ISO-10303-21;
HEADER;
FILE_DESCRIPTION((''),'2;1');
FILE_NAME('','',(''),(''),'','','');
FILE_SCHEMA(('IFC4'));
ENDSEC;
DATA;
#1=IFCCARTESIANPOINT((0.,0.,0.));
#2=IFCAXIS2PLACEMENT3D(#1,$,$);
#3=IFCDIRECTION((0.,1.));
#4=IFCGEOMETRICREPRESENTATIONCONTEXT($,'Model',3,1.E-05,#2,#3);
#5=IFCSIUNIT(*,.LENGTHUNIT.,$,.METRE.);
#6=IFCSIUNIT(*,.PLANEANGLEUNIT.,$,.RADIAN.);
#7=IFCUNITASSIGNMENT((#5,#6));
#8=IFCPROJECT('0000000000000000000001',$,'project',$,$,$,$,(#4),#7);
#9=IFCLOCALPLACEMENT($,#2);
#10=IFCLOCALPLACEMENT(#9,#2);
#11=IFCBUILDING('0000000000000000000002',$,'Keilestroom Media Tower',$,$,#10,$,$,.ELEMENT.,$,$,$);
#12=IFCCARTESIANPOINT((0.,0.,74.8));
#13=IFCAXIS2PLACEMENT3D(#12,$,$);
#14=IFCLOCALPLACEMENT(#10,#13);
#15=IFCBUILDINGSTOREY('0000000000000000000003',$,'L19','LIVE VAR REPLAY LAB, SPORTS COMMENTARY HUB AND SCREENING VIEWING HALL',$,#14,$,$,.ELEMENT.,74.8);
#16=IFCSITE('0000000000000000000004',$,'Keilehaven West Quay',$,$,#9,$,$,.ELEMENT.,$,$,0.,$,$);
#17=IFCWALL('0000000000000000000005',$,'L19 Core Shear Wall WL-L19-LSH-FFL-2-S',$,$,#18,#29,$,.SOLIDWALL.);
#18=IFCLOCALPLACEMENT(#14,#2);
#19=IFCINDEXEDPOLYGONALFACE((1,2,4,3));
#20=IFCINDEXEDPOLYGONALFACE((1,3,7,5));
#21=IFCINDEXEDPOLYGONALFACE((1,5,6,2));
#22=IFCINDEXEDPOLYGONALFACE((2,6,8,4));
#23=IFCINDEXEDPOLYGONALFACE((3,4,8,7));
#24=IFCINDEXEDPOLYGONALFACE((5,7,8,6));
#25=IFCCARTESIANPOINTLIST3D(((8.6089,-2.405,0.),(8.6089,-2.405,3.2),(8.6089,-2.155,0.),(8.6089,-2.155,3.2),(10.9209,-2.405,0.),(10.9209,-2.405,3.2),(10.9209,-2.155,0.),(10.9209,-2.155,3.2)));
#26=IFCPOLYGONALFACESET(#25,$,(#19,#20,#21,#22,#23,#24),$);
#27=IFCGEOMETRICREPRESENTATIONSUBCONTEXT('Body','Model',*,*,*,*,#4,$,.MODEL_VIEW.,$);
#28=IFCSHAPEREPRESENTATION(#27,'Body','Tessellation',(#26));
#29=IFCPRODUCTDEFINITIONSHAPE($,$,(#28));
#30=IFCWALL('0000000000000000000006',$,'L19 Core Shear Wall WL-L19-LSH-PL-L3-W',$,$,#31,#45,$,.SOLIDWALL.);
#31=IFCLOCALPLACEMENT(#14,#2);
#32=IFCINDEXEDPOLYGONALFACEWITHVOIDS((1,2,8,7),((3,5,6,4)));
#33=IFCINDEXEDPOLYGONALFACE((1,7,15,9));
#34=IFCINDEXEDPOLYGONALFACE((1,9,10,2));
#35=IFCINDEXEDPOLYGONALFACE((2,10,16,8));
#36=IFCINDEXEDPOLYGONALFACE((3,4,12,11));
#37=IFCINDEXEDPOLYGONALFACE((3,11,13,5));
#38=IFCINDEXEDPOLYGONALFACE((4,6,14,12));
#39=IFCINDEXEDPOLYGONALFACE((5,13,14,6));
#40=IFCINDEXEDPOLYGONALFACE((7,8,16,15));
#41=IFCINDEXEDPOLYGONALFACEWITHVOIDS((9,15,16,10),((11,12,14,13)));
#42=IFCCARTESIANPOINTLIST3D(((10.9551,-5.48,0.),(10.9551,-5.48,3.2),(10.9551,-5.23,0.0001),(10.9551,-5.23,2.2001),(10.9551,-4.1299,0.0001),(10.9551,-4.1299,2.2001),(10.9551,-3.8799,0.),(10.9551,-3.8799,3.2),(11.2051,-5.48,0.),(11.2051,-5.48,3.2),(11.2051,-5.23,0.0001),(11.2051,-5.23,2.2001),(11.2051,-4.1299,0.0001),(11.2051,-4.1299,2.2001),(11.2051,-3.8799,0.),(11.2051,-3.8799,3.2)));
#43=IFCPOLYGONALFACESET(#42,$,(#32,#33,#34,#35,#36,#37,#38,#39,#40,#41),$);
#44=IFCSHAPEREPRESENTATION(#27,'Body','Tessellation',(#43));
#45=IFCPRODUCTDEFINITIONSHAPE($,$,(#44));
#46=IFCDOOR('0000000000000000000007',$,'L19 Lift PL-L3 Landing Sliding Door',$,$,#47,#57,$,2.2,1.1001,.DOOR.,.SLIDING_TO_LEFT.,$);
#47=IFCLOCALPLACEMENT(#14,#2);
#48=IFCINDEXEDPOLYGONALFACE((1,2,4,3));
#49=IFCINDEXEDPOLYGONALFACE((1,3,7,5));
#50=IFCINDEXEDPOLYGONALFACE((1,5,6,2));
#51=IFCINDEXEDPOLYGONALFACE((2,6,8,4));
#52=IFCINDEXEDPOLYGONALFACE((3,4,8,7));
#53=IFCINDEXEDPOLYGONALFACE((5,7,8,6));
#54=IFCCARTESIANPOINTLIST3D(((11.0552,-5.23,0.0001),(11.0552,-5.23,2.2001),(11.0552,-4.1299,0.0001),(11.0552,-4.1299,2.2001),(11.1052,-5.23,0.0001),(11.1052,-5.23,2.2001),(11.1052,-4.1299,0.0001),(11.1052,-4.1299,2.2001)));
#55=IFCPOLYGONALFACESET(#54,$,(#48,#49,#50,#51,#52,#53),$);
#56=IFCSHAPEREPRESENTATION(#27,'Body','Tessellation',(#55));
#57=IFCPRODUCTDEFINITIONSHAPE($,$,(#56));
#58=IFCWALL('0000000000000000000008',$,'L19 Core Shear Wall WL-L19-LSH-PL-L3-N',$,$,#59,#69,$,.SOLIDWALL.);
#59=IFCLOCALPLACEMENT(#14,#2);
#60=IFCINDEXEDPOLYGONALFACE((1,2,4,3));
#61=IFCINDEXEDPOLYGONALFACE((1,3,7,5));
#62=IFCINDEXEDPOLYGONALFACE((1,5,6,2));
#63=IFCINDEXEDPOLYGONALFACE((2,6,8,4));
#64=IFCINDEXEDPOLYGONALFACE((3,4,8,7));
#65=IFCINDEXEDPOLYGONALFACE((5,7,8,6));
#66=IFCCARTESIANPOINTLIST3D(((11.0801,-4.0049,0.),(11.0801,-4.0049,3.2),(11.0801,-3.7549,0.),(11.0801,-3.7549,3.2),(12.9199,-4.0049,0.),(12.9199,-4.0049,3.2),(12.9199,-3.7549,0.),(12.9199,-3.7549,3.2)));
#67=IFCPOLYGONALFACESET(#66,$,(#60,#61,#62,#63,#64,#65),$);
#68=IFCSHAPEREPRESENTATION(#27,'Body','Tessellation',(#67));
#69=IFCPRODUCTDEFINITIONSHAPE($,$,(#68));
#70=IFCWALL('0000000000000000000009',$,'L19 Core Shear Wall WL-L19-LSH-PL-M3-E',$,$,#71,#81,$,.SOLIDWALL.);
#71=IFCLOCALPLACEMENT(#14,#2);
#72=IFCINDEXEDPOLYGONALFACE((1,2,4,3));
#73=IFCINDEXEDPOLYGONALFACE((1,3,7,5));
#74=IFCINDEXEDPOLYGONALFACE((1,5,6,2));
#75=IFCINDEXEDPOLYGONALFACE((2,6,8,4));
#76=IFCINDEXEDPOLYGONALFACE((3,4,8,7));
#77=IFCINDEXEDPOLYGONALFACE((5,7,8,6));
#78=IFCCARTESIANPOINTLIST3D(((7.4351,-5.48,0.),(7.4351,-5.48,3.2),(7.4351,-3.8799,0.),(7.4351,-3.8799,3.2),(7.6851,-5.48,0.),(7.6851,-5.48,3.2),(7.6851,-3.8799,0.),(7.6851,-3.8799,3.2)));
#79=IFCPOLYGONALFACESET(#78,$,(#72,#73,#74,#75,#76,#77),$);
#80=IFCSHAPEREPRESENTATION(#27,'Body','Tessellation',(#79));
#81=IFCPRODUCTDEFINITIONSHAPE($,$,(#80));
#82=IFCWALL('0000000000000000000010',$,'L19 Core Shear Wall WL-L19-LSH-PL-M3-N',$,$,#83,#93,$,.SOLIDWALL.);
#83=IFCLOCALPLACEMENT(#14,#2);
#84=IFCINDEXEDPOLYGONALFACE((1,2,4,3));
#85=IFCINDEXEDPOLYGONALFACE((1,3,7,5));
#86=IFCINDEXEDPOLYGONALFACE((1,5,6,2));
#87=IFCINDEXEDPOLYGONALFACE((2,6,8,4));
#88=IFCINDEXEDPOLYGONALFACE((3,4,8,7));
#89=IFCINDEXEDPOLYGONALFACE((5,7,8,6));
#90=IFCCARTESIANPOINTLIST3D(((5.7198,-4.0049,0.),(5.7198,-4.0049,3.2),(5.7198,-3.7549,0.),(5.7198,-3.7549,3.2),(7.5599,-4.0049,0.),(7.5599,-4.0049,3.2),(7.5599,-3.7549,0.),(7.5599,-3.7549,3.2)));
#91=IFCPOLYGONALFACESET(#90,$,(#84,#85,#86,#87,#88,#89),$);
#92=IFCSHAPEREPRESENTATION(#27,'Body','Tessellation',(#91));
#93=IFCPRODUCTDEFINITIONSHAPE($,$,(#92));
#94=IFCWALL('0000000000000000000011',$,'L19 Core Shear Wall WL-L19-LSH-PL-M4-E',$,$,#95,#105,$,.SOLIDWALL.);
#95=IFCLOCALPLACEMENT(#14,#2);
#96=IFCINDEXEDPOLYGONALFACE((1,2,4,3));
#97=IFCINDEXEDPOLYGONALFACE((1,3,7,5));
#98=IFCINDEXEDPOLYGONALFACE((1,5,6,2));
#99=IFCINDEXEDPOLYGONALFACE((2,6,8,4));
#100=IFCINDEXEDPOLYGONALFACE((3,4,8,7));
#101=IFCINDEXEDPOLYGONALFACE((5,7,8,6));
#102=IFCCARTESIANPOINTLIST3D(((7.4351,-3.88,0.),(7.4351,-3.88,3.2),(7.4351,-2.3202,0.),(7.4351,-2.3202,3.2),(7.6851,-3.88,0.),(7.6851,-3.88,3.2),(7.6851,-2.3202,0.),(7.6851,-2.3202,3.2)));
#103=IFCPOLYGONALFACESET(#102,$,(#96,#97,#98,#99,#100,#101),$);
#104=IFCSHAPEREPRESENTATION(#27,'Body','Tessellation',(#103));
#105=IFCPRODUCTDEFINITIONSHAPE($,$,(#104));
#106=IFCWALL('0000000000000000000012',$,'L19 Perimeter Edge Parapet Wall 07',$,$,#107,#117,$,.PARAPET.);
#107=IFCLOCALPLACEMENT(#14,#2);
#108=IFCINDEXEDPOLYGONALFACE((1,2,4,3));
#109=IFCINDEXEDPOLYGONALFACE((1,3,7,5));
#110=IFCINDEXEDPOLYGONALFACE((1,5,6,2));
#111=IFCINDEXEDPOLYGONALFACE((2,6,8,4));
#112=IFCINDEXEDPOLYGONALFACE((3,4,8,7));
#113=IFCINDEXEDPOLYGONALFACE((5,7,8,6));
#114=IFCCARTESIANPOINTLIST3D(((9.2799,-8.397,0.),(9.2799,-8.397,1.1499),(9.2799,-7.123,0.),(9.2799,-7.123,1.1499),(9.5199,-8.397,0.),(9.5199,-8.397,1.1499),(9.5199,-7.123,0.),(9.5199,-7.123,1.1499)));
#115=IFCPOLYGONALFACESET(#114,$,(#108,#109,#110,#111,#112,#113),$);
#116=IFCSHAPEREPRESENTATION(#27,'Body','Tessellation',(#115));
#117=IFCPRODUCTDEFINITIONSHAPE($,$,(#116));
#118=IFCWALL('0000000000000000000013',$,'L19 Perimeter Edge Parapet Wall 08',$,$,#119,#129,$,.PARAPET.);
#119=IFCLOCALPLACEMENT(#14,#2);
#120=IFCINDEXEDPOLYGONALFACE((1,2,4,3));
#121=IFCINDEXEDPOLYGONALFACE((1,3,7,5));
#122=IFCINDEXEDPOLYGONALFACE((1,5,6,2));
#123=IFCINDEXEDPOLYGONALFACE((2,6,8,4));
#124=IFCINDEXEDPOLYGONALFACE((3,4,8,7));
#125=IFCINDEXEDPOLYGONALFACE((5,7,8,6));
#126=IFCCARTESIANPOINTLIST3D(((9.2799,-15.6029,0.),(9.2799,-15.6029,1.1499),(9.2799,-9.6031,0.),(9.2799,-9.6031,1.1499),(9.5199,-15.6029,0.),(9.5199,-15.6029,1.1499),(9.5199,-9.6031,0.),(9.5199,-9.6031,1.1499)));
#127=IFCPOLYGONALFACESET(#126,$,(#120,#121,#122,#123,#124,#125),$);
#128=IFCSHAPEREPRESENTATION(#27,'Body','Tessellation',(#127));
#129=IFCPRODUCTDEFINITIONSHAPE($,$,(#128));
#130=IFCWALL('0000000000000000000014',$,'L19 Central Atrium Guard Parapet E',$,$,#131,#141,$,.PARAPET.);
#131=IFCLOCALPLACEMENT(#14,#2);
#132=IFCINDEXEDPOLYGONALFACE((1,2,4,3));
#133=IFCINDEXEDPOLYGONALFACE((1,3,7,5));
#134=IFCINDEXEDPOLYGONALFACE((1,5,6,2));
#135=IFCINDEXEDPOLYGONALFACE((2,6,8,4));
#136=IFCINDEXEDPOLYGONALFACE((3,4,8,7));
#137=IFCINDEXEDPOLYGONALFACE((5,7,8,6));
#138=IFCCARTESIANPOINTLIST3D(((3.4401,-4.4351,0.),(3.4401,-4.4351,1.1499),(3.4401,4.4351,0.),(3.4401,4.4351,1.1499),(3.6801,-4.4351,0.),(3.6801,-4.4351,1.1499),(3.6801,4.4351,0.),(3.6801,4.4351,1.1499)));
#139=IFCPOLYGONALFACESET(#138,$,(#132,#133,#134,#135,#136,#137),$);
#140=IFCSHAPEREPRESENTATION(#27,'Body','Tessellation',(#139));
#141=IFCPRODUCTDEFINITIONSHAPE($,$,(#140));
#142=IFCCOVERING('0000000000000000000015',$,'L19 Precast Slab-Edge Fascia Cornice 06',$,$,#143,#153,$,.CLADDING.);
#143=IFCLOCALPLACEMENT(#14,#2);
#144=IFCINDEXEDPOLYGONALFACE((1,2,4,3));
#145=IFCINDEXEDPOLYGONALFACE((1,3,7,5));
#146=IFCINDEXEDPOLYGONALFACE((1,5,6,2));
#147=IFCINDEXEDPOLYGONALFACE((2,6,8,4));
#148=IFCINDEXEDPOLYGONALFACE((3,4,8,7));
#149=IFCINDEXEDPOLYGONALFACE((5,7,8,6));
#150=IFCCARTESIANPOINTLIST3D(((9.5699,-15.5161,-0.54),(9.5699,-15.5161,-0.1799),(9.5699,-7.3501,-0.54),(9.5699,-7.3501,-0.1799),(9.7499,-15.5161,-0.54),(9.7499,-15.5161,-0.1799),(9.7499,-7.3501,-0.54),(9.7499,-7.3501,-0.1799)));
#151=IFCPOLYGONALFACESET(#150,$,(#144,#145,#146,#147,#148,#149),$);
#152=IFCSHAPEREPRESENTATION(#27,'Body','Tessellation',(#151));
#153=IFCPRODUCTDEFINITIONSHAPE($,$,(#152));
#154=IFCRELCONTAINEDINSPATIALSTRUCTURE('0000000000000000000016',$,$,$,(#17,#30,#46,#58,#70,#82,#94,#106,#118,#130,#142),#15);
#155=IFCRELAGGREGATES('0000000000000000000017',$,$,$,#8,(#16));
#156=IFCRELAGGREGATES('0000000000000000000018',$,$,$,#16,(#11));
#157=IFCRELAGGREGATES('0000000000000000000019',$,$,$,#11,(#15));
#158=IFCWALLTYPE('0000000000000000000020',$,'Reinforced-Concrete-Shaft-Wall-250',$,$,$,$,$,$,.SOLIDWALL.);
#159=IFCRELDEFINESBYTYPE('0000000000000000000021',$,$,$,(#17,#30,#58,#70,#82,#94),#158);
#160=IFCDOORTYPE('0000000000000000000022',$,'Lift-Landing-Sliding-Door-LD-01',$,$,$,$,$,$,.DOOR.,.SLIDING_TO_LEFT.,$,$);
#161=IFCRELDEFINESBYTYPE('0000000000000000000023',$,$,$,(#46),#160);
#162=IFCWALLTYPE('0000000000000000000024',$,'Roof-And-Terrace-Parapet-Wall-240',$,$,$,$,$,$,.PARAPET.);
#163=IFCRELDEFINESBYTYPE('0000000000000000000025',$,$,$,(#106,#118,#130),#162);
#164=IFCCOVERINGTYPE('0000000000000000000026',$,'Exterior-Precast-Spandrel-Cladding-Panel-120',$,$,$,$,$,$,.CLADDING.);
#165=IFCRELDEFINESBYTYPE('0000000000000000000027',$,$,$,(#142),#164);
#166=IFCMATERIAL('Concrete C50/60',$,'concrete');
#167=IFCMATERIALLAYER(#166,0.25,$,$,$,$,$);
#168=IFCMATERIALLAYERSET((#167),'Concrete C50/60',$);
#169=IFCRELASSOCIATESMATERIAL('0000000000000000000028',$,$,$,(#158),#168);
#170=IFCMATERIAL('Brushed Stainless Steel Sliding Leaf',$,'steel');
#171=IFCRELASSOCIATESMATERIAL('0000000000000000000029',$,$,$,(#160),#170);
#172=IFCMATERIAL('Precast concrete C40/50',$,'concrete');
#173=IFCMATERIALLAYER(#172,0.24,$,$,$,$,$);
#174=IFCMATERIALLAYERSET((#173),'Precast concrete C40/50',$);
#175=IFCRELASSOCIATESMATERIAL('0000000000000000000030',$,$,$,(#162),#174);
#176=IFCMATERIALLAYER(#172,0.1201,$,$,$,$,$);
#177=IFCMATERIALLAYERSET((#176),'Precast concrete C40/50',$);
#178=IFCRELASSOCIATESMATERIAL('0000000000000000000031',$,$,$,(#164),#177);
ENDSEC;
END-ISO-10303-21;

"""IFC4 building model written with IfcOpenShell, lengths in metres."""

from ifc_helpers import new_model, si_unit, direction, frame, frame_2d, origin, origin_2d, place, context, subcontext, project, spatial, rectangle, extrude, source, transform, mapped, material, layer, layer_set, type_object, element, fill, save


model = new_model("IFC4")

# Units and contexts
model_context = context("Model", 3, precision=1e-05, world=origin(), true_north=direction((0.0, 1.0)))
body_context = subcontext(model_context, "Body", "Model", "MODEL_VIEW")
ifc_project = project(units=[si_unit("LENGTHUNIT", "METRE"), si_unit("PLANEANGLEUNIT", "RADIAN")], contexts=[model_context])

# Site, building, storey
site_placement = place(None, origin())
site = spatial("IfcSite", under=ifc_project, at=site_placement, Name="Keilehaven West Quay", CompositionType="ELEMENT", RefElevation=0.0)
building_placement = place(site_placement, origin())
building = spatial("IfcBuilding", under=site, at=building_placement, Name="Keilestroom Media Tower", CompositionType="ELEMENT")
storey_placement = place(building_placement, frame((0.0, 0.0, 74.8)))
storey = spatial("IfcBuildingStorey", under=building, at=storey_placement, Name="L19", Description="LIVE VAR REPLAY LAB, SPORTS COMMENTARY HUB AND SCREENING VIEWING HALL", CompositionType="ELEMENT", Elevation=74.8)

# Shared definitions
ifc_material_1 = material(Name="Concrete C50/60", Category="concrete")
ifc_layer_1 = layer(ifc_material_1, 0.25)
ifc_layer_set_1 = layer_set([ifc_layer_1], Name="Concrete C50/60")
wall_type_1 = type_object("IfcWallType", Name="Reinforced-Concrete-Shaft-Wall-250", PredefinedType="SOLIDWALL", material=ifc_layer_set_1)

# Shared definitions
ifc_material_2 = material(Name="Brushed Stainless Steel Sliding Leaf", Category="steel")

# Wall
wall_1_placement = place(storey_placement, frame((8.6089, -2.28, 0.0), z_axis=(0.0, 0.0, 1.0), x_axis=(1.0, 0.0, 0.0)))
element("IfcWall", 1, at=wall_1_placement, inside=storey, type_object=wall_type_1, Name="L19 Core Shear Wall WL-L19-LSH-FFL-2-S", PredefinedType="SOLIDWALL", context=body_context, shape_type="SweptSolid", body=[
    extrude(rectangle(XDim=2.312, YDim=0.25, at=frame_2d((1.156, 0.0))), origin(), (0.0, 0.0, 1.0), 3.2),
])

# Wall, opening, door
wall_2_placement = place(storey_placement, frame((11.0801, -5.48, 0.0), z_axis=(0.0, 0.0, 1.0), x_axis=(0.0, 1.0, 0.0)))
wall_2 = element("IfcWall", 2, at=wall_2_placement, inside=storey, type_object=wall_type_1, Name="L19 Core Shear Wall WL-L19-LSH-PL-L3-W", PredefinedType="SOLIDWALL", context=body_context, shape_type="SweptSolid", body=[
    extrude(rectangle(XDim=1.6001, YDim=0.25, at=frame_2d((0.8, 0.0))), origin(), (0.0, 0.0, 1.0), 3.2),
])
opening_1_placement = place(wall_2_placement, frame((0.25, 0.0, 0.0)))
opening_1 = element("IfcOpeningElement", 3, at=opening_1_placement, cuts=wall_2, PredefinedType="OPENING", context=body_context, shape_type="SweptSolid", body=[
    extrude(rectangle(XDim=1.1001, YDim=2.2, at=frame_2d((0.55, 1.1001))), frame((0.0, 0.135, 0.0), z_axis=(0.0, -1.0, 0.0), x_axis=(1.0, 0.0, 0.0)), (0.0, 0.0, 1.0), 0.27),
])
door_type_1 = type_object("IfcDoorType", Name="Lift-Landing-Sliding-Door-LD-01", OperationType="SLIDING_TO_LEFT", PredefinedType="DOOR", material=ifc_material_2)
shared_shape_1 = source(origin(), body_context, "Body", "SweptSolid", [
    extrude(rectangle(XDim=1.1001, YDim=2.2, at=frame_2d((0.55, 1.1001))), frame((0.0, 0.0249, 0.0), z_axis=(0.0, -1.0, 0.0), x_axis=(1.0, 0.0, 0.0)), (0.0, 0.0, 1.0), 0.05),
])
door_1_placement = place(opening_1_placement, origin())
door_1 = element("IfcDoor", 4, at=door_1_placement, inside=storey, type_object=door_type_1, Name="L19 Lift PL-L3 Landing Sliding Door", OperationType="SLIDING_TO_LEFT", OverallHeight=2.2, OverallWidth=1.1001, PredefinedType="DOOR", context=body_context, shape_type="MappedRepresentation", body=[
    mapped(shared_shape_1, transform((0.0, 0.0, 0.0), x_axis=(1.0, 0.0, 0.0), y_axis=(0.0, 1.0, 0.0), z_axis=(0.0, 0.0, 1.0), scale=1.0)),
])
fill(opening_1, door_1)

# Walls
wall_3_placement = place(storey_placement, frame((11.0801, -3.8799, 0.0), z_axis=(0.0, 0.0, 1.0), x_axis=(1.0, 0.0, 0.0)))
element("IfcWall", 5, at=wall_3_placement, inside=storey, type_object=wall_type_1, Name="L19 Core Shear Wall WL-L19-LSH-PL-L3-N", PredefinedType="SOLIDWALL", context=body_context, shape_type="SweptSolid", body=[
    extrude(rectangle(XDim=1.8398, YDim=0.25, at=frame_2d((0.9199, 0.0))), origin(), (0.0, 0.0, 1.0), 3.2),
])
wall_4_placement = place(storey_placement, frame((7.5601, -5.48, 0.0), z_axis=(0.0, 0.0, 1.0), x_axis=(0.0, 1.0, 0.0)))
element("IfcWall", 6, at=wall_4_placement, inside=storey, type_object=wall_type_1, Name="L19 Core Shear Wall WL-L19-LSH-PL-M3-E", PredefinedType="SOLIDWALL", context=body_context, shape_type="SweptSolid", body=[
    extrude(rectangle(XDim=1.6001, YDim=0.25, at=frame_2d((0.8, 0.0))), origin(), (0.0, 0.0, 1.0), 3.2),
])
wall_5_placement = place(storey_placement, frame((5.72, -3.8799, 0.0), z_axis=(0.0, 0.0, 1.0), x_axis=(1.0, 0.0, 0.0)))
element("IfcWall", 7, at=wall_5_placement, inside=storey, type_object=wall_type_1, Name="L19 Core Shear Wall WL-L19-LSH-PL-M3-N", PredefinedType="SOLIDWALL", context=body_context, shape_type="SweptSolid", body=[
    extrude(rectangle(XDim=1.8401, YDim=0.25, at=frame_2d((0.9199, 0.0))), origin(), (0.0, 0.0, 1.0), 3.2),
])
wall_6_placement = place(storey_placement, frame((7.5601, -3.8799, 0.0), z_axis=(0.0, 0.0, 1.0), x_axis=(0.0, 1.0, 0.0)))
element("IfcWall", 8, at=wall_6_placement, inside=storey, type_object=wall_type_1, Name="L19 Core Shear Wall WL-L19-LSH-PL-M4-E", PredefinedType="SOLIDWALL", context=body_context, shape_type="SweptSolid", body=[
    extrude(rectangle(XDim=1.5598, YDim=0.25, at=frame_2d((0.7798, 0.0))), origin(), (0.0, 0.0, 1.0), 3.2),
])
ifc_material_3 = material(Name="Precast concrete C40/50", Category="concrete")
ifc_layer_2 = layer(ifc_material_3, 0.24)
ifc_layer_set_2 = layer_set([ifc_layer_2], Name="Precast concrete C40/50")
wall_type_2 = type_object("IfcWallType", Name="Roof-And-Terrace-Parapet-Wall-240", PredefinedType="PARAPET", material=ifc_layer_set_2)
wall_7_placement = place(storey_placement, frame((9.3999, -7.123, 0.0), z_axis=(0.0, 0.0, 1.0), x_axis=(0.0, -1.0, 0.0)))
element("IfcWall", 9, at=wall_7_placement, inside=storey, type_object=wall_type_2, Name="L19 Perimeter Edge Parapet Wall 07", PredefinedType="PARAPET", context=body_context, shape_type="SweptSolid", body=[
    extrude(rectangle(XDim=1.2739, YDim=0.24, at=frame_2d((0.637, 0.0))), origin(), (0.0, 0.0, 1.0), 1.1499),
])
wall_8_placement = place(storey_placement, frame((9.3999, -9.603, 0.0), z_axis=(0.0, 0.0, 1.0), x_axis=(0.0, -1.0, 0.0)))
element("IfcWall", 10, at=wall_8_placement, inside=storey, type_object=wall_type_2, Name="L19 Perimeter Edge Parapet Wall 08", PredefinedType="PARAPET", context=body_context, shape_type="SweptSolid", body=[
    extrude(rectangle(XDim=5.9998, YDim=0.24, at=frame_2d((3.0, 0.0))), origin(), (0.0, 0.0, 1.0), 1.1499),
])
wall_9_placement = place(storey_placement, frame((3.5601, -4.4351, 0.0), z_axis=(0.0, 0.0, 1.0), x_axis=(0.0, 1.0, 0.0)))
element("IfcWall", 11, at=wall_9_placement, inside=storey, type_object=wall_type_2, Name="L19 Central Atrium Guard Parapet E", PredefinedType="PARAPET", context=body_context, shape_type="SweptSolid", body=[
    extrude(rectangle(XDim=8.8701, YDim=0.24, at=frame_2d((4.4351, 0.0))), origin(), (0.0, 0.0, 1.0), 1.1499),
])

# Covering
ifc_layer_3 = layer(ifc_material_3, 0.1201)
ifc_layer_set_3 = layer_set([ifc_layer_3], Name="Precast concrete C40/50")
covering_type = type_object("IfcCoveringType", Name="Exterior-Precast-Spandrel-Cladding-Panel-120", PredefinedType="CLADDING", material=ifc_layer_set_3)
shared_shape_2 = source(origin(), body_context, "Body", "SweptSolid", [
    extrude(rectangle(XDim=8.166, YDim=0.1799, at=origin_2d()), origin(), (0.0, 0.0, 1.0), 0.3601),
])
covering_placement = place(storey_placement, frame((9.6599, -11.4331, -0.54), z_axis=(0.0, 0.0, 1.0), x_axis=(0.0, -1.0, 0.0)))
element("IfcCovering", 12, at=covering_placement, inside=storey, type_object=covering_type, Name="L19 Precast Slab-Edge Fascia Cornice 06", PredefinedType="CLADDING", context=body_context, shape_type="MappedRepresentation", body=[
    mapped(shared_shape_2, transform((0.0, 0.0, 0.0), x_axis=(1.0, 0.0, 0.0), y_axis=(0.0, 1.0, 0.0), z_axis=(0.0, 0.0, 1.0), scale=1.0)),
])

save(model, "model.ifc")
